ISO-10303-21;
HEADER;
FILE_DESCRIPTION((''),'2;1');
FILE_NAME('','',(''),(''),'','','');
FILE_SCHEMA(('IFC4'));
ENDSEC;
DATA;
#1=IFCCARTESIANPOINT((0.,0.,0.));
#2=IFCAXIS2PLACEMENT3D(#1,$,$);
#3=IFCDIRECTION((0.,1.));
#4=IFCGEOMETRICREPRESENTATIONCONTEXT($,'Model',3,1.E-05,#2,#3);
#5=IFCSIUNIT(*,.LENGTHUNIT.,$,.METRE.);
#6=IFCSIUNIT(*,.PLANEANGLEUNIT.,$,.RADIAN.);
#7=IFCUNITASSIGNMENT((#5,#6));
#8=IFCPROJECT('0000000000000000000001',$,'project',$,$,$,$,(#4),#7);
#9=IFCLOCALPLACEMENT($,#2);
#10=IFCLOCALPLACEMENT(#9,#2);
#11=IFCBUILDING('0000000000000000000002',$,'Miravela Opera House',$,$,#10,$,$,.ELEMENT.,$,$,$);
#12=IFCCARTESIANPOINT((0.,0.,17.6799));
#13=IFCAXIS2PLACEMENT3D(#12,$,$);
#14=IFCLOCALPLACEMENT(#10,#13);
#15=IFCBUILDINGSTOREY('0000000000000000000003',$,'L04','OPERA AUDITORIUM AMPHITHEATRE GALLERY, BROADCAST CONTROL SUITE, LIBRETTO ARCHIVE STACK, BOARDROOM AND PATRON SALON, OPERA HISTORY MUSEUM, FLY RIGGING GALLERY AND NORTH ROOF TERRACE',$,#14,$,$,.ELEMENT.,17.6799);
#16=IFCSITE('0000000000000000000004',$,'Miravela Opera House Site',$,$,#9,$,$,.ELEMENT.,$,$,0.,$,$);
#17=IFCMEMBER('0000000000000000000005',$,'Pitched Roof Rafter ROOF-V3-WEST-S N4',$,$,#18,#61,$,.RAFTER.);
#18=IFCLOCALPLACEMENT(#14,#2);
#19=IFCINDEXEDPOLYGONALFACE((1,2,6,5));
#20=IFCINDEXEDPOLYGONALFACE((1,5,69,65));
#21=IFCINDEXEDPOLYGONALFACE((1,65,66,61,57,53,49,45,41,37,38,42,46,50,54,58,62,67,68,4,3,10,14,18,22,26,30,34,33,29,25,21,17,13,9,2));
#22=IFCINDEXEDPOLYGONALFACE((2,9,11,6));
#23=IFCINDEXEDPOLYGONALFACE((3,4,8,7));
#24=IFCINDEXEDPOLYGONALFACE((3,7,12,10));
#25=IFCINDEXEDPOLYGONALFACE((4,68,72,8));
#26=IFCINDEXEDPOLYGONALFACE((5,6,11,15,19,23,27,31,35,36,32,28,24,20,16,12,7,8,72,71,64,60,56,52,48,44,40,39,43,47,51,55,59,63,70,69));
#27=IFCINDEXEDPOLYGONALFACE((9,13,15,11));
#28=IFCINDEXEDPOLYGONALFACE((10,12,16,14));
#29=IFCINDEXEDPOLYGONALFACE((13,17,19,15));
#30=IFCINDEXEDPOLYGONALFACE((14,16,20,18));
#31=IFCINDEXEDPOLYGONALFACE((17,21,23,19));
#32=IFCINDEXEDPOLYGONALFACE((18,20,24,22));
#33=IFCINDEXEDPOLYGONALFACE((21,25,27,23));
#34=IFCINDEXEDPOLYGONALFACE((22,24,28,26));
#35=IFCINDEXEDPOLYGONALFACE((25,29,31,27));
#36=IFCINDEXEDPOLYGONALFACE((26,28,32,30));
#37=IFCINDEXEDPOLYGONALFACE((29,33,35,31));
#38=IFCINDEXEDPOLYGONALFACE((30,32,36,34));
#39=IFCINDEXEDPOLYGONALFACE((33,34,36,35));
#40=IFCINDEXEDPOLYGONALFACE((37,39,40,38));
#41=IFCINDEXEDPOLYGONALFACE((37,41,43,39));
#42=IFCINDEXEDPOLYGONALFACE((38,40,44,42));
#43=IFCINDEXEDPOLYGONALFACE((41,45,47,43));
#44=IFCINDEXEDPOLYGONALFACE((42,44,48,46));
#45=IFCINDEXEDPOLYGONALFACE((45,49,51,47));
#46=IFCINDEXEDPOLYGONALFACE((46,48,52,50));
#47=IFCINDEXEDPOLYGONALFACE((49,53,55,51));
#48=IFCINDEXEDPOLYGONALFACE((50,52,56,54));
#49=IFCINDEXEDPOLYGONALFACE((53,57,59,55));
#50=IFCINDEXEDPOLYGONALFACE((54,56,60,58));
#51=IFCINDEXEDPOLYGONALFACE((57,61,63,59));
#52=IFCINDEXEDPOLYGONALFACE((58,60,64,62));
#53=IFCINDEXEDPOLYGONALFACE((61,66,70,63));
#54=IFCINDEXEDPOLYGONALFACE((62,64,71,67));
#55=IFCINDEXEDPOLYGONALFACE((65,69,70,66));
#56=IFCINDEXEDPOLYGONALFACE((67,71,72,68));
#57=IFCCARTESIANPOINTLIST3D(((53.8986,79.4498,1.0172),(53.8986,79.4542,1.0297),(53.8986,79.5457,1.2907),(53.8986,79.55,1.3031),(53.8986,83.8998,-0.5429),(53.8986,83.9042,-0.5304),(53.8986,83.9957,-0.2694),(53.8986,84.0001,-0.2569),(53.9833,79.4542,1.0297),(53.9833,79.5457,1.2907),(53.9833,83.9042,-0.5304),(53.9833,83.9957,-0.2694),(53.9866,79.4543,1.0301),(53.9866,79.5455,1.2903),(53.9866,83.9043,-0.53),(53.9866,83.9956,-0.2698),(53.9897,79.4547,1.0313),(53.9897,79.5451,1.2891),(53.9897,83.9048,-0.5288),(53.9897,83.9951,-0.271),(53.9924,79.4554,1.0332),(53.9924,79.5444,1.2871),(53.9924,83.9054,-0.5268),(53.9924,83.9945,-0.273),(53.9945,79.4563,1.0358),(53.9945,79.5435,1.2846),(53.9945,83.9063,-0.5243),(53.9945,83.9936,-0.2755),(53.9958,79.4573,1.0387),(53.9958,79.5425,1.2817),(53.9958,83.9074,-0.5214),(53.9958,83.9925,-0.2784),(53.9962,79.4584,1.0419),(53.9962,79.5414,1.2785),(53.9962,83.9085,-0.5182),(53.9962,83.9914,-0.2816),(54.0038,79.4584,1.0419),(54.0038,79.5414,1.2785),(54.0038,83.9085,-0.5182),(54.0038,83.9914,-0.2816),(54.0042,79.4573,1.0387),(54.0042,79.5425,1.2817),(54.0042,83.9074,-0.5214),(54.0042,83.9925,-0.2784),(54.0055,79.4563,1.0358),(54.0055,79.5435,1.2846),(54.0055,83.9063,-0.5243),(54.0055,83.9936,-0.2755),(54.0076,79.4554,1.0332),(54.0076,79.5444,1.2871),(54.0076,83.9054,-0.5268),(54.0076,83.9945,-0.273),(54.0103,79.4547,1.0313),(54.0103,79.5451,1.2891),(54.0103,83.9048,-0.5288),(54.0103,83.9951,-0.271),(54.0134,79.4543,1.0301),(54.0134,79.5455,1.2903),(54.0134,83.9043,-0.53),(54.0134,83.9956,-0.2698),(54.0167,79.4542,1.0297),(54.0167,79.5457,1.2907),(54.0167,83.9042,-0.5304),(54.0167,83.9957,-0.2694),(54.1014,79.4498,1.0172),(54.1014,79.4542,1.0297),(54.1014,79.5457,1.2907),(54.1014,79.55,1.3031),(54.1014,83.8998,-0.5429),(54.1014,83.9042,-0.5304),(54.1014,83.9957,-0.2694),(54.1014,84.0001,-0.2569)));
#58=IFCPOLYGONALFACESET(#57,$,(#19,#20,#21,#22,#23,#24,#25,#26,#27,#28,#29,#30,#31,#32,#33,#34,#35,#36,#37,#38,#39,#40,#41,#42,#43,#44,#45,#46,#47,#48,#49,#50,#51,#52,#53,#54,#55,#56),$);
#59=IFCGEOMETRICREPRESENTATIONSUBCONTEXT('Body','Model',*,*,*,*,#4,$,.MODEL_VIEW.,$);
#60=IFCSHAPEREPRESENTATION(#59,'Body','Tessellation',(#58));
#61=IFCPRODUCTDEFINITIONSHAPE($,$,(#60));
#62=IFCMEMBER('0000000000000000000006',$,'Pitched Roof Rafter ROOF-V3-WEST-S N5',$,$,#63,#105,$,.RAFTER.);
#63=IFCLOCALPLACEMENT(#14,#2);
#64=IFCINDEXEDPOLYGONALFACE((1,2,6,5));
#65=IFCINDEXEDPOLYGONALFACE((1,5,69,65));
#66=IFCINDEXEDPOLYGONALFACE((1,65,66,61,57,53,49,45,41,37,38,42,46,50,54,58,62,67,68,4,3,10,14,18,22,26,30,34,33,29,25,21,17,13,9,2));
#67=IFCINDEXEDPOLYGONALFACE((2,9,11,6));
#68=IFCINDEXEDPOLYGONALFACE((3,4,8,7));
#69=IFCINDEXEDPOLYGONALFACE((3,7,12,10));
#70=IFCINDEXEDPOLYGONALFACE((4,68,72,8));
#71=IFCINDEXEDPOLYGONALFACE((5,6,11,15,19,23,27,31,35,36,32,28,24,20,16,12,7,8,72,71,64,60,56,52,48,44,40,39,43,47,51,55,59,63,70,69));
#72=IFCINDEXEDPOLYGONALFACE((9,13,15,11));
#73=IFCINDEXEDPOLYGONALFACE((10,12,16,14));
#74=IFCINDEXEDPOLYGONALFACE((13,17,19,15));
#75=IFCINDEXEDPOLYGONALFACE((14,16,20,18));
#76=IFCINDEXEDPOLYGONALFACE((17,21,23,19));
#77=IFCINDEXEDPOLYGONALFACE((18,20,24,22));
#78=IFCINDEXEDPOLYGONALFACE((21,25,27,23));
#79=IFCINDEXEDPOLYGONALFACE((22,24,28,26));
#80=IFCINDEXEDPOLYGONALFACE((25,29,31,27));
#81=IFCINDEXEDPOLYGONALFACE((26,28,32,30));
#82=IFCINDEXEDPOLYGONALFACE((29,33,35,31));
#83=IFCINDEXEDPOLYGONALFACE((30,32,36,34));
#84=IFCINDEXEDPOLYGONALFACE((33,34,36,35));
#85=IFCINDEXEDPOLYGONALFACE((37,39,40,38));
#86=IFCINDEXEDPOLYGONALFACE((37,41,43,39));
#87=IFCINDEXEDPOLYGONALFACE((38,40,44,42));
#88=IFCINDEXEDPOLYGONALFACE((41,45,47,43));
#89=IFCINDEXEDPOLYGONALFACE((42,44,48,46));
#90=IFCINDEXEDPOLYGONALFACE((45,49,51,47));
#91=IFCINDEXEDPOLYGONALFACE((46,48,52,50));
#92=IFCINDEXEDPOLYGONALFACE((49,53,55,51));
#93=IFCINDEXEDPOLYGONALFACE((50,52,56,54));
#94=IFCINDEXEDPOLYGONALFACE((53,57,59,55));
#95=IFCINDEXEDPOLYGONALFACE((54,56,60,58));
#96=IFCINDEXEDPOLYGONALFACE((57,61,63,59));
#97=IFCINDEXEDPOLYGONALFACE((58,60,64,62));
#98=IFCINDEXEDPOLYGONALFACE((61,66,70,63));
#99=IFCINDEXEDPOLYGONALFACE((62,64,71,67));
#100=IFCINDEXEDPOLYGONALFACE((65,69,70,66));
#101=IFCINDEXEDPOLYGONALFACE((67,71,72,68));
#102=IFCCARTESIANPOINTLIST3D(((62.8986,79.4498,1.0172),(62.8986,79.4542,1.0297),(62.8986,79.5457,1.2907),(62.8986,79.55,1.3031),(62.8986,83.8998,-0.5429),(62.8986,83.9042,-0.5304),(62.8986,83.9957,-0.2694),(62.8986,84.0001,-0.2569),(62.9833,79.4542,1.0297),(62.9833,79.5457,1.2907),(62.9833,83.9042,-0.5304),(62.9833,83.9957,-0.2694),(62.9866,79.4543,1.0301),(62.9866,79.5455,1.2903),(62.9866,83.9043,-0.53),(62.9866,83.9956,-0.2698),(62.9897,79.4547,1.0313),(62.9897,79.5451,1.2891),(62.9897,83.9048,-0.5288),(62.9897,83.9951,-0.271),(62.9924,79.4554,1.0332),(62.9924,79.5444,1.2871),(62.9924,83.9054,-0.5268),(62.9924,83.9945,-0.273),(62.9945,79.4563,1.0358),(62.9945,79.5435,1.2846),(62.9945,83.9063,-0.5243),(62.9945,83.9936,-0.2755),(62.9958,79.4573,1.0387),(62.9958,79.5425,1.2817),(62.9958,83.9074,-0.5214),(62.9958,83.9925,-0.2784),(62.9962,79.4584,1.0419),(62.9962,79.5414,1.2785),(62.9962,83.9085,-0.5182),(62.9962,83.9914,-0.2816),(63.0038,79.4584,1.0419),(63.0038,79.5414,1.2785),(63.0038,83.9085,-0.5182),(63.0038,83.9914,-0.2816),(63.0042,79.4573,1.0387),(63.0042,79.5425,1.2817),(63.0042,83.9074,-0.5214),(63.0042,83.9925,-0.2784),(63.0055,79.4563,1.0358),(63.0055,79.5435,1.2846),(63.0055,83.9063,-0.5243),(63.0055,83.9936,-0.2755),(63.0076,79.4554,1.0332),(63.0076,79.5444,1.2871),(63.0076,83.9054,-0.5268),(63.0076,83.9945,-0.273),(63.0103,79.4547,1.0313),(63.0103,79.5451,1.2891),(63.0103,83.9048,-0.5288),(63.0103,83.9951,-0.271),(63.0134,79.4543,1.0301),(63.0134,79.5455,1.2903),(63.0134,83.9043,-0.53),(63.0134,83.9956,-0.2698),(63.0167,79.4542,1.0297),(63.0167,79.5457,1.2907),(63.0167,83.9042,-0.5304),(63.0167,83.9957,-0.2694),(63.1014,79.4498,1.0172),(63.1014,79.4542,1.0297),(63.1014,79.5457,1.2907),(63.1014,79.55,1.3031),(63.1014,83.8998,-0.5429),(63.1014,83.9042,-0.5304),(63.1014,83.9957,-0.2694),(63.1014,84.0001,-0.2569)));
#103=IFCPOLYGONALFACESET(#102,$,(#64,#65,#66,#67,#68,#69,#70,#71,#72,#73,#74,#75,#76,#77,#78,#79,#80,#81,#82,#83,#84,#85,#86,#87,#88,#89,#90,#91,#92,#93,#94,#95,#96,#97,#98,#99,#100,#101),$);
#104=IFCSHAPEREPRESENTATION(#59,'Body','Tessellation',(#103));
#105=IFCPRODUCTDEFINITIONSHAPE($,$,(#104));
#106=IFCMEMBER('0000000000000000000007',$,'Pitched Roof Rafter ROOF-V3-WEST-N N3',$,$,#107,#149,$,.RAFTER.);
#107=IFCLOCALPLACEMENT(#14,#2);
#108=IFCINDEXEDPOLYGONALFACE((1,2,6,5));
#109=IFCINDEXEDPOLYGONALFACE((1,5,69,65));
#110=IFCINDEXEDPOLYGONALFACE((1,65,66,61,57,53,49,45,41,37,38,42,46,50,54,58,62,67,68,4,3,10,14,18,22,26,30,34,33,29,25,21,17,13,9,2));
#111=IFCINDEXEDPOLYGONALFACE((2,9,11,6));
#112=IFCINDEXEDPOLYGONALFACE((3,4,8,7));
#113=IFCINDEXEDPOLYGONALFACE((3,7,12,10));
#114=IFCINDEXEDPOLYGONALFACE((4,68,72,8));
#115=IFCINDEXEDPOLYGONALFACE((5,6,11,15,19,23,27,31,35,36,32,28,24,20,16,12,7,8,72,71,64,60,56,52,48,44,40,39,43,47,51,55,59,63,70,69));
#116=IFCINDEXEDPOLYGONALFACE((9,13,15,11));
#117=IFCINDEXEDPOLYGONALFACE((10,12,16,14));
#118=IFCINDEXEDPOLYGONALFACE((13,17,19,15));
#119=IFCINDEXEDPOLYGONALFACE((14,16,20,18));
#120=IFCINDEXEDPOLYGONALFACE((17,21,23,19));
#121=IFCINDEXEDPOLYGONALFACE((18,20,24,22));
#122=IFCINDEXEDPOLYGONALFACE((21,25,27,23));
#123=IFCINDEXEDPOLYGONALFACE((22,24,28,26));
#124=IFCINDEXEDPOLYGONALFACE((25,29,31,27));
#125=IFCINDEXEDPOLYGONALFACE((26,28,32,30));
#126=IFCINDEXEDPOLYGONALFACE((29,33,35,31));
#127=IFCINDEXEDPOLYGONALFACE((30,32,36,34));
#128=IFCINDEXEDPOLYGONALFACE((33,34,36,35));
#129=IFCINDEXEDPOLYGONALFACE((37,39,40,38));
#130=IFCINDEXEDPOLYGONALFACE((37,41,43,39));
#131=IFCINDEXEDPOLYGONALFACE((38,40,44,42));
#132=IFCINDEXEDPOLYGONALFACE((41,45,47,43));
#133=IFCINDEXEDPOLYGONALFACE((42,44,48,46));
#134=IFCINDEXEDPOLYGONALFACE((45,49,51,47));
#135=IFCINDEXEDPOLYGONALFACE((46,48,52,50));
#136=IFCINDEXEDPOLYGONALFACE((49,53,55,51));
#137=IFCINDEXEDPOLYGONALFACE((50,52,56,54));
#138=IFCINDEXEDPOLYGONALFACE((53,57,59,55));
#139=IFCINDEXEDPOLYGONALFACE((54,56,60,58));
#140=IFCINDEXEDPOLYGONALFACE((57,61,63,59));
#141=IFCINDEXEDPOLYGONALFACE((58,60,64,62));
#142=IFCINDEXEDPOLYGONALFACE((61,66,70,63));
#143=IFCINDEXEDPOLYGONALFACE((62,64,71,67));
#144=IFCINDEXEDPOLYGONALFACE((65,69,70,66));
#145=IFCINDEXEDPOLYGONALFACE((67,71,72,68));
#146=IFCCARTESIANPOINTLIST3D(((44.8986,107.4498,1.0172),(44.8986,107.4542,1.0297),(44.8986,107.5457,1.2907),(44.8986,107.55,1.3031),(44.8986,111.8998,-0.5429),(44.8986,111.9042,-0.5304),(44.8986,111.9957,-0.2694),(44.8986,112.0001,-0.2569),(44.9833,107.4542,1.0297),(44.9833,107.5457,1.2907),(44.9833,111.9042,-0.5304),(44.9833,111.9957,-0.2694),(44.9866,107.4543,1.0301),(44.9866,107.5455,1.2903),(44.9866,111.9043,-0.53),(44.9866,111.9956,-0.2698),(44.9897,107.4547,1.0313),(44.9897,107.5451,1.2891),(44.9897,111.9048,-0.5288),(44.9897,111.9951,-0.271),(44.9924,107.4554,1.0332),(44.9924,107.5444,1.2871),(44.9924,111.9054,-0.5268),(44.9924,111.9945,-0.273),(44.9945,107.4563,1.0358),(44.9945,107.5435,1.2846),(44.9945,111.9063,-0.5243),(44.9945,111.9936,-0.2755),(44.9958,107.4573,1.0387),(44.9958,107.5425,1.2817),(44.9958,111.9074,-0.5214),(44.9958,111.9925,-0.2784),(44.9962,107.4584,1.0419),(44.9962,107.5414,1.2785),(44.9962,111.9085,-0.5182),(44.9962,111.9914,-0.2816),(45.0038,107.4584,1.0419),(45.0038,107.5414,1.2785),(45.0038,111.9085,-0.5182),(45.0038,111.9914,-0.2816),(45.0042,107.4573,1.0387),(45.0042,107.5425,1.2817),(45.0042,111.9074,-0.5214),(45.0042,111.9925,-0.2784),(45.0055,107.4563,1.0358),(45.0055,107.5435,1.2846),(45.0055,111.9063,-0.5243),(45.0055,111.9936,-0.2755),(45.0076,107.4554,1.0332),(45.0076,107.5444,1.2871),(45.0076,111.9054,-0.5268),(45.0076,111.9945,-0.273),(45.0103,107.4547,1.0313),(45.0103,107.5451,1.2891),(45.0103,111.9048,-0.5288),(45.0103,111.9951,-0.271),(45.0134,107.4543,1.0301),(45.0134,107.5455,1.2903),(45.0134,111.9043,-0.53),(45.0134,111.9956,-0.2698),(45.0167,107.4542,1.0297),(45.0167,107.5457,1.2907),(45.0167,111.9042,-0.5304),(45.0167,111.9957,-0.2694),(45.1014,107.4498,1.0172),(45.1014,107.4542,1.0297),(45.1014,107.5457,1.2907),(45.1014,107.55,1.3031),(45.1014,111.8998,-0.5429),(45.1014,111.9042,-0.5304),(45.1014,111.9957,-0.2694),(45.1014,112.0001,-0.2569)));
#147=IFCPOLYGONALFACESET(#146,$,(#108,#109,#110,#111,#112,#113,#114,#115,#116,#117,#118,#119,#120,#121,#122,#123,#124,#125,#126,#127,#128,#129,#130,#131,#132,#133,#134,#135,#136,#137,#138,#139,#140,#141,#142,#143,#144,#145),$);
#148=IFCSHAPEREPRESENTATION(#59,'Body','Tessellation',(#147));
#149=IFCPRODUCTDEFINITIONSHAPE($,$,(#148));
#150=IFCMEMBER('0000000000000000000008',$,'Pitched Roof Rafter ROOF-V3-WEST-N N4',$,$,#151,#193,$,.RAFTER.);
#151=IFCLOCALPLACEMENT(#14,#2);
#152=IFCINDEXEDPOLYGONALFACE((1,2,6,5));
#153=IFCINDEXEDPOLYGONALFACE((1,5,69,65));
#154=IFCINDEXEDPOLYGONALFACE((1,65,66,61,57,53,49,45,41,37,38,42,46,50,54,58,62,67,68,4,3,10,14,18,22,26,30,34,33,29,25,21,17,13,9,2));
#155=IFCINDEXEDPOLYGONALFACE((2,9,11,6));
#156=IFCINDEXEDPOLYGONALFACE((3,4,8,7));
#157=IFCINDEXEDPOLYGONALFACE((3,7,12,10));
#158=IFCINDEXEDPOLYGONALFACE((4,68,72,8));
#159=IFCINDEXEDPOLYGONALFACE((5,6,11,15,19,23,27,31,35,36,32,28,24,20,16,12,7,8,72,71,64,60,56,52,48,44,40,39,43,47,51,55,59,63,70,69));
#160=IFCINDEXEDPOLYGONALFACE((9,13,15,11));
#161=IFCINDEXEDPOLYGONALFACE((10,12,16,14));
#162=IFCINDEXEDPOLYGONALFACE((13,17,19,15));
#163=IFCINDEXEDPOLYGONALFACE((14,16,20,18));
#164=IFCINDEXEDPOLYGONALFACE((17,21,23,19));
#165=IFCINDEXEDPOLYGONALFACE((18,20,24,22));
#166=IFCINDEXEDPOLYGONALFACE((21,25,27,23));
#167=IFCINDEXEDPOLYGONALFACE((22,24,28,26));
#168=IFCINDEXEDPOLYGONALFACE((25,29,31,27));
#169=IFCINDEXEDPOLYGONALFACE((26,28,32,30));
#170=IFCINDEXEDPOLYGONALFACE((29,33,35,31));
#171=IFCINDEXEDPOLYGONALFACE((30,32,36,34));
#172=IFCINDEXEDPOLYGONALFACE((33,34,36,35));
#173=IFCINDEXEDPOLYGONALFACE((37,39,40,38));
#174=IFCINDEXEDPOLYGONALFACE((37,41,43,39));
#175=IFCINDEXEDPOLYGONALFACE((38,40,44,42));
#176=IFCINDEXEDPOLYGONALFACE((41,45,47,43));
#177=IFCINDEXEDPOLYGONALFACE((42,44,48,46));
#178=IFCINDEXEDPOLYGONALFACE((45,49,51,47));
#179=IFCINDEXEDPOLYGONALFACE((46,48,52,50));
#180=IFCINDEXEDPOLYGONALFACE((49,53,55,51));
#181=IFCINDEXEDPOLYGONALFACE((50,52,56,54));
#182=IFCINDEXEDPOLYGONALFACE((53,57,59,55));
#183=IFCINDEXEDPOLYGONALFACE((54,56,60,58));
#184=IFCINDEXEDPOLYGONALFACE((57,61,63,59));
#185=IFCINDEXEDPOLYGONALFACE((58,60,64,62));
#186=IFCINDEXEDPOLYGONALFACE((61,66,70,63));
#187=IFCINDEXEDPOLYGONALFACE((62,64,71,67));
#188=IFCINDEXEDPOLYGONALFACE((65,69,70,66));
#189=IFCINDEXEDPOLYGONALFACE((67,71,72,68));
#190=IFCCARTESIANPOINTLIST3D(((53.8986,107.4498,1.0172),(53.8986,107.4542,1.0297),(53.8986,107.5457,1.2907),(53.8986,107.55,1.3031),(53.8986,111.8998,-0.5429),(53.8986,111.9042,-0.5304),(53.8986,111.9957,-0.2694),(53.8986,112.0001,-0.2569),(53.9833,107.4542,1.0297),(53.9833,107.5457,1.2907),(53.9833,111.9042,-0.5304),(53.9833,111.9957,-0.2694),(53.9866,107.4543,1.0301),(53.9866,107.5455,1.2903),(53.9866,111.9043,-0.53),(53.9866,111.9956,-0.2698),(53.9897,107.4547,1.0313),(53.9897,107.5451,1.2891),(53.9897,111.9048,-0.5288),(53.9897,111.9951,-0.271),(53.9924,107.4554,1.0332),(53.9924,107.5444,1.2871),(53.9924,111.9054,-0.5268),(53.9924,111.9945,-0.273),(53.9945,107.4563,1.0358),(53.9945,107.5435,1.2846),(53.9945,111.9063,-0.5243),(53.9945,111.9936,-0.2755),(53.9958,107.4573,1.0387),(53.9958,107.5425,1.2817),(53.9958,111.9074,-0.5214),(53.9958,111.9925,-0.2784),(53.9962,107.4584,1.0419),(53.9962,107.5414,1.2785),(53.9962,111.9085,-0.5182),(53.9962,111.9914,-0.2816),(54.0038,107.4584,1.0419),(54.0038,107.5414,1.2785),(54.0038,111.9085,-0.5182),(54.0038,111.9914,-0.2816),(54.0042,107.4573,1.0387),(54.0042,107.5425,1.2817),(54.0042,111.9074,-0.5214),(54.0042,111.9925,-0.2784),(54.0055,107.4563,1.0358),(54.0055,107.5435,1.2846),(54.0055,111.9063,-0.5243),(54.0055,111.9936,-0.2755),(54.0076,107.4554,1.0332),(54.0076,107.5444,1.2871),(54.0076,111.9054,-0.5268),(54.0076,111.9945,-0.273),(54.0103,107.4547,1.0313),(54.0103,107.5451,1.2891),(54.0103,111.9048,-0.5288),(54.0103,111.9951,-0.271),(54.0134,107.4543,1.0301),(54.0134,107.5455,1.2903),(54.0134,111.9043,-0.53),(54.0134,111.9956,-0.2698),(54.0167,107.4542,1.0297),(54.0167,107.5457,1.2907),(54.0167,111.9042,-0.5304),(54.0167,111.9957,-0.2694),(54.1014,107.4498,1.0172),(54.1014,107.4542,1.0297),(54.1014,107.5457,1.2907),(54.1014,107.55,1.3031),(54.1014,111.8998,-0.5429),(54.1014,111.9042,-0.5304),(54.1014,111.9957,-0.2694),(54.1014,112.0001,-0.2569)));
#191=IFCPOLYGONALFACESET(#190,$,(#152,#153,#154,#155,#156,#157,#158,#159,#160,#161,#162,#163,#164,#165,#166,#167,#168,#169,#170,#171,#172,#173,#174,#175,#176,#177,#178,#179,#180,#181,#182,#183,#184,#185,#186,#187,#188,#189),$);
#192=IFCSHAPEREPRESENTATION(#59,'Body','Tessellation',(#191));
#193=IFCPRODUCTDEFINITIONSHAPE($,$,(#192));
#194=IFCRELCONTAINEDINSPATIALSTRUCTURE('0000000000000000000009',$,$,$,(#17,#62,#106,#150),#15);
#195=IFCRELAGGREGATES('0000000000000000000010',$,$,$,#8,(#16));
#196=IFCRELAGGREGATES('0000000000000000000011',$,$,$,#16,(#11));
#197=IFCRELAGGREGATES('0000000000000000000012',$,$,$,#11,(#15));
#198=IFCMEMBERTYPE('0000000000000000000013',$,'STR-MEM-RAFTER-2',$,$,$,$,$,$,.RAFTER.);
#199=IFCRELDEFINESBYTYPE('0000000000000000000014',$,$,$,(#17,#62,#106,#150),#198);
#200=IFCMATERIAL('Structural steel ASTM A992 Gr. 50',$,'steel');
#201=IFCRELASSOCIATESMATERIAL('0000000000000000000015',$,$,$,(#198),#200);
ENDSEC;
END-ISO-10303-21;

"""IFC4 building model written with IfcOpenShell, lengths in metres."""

from ifc_helpers import new_model, si_unit, direction, frame, origin, origin_2d, place, context, subcontext, project, spatial, i_section, extrude, material, material_profile, profile_set, type_object, element, save


model = new_model("IFC4")

# Units and contexts
model_context = context("Model", 3, precision=1e-05, world=origin(), true_north=direction((0.0, 1.0)))
body_context = subcontext(model_context, "Body", "Model", "MODEL_VIEW")
ifc_project = project(units=[si_unit("LENGTHUNIT", "METRE"), si_unit("PLANEANGLEUNIT", "RADIAN")], contexts=[model_context])

# Site, building, storey
site_placement = place(None, origin())
site = spatial("IfcSite", under=ifc_project, at=site_placement, Name="Miravela Opera House Site", CompositionType="ELEMENT", RefElevation=0.0)
building_placement = place(site_placement, origin())
building = spatial("IfcBuilding", under=site, at=building_placement, Name="Miravela Opera House", CompositionType="ELEMENT")
storey_placement = place(building_placement, frame((0.0, 0.0, 17.6799)))
storey = spatial("IfcBuildingStorey", under=building, at=storey_placement, Name="L04", Description="OPERA AUDITORIUM AMPHITHEATRE GALLERY, BROADCAST CONTROL SUITE, LIBRETTO ARCHIVE STACK, BOARDROOM AND PATRON SALON, OPERA HISTORY MUSEUM, FLY RIGGING GALLERY AND NORTH ROOF TERRACE", CompositionType="ELEMENT", Elevation=17.6799)

# Shared definitions
ifc_material_1 = material(Name="Structural steel ASTM A992 Gr. 50", Category="steel")

# Members
ifc_material_profile_1 = material_profile(ifc_material_1, i_section(OverallWidth=0.2029, OverallDepth=0.303, WebThickness=0.0076, FlangeThickness=0.0132, FilletRadius=0.0129, at=origin_2d()), Name="W310X60")
ifc_profile_set_1 = profile_set([ifc_material_profile_1])
member_type_1 = type_object("IfcMemberType", Name="STR-MEM-RAFTER-2", PredefinedType="RAFTER", material=ifc_profile_set_1)
for number, where, z_axis, x_axis, name in (
    (1, (54.0, 83.95, -0.3999), (0.0, -0.943688, 0.330837), (1.0, 0.0, 0.0), "Pitched Roof Rafter ROOF-V3-WEST-S N4"),
    (2, (63.0, 83.95, -0.3999), (0.0, -0.943688, 0.330837), (1.0, 0.0, 0.0), "Pitched Roof Rafter ROOF-V3-WEST-S N5"),
    (3, (45.0, 111.95, -0.3999), (0.0, -0.943688, 0.330837), (1.0, 0.0, 0.0), "Pitched Roof Rafter ROOF-V3-WEST-N N3"),
    (4, (54.0, 111.95, -0.3999), (0.0, -0.943688, 0.330837), (1.0, 0.0, 0.0), "Pitched Roof Rafter ROOF-V3-WEST-N N4"),
):
    element("IfcMember", number, at=place(storey_placement, frame(where, z_axis=z_axis, x_axis=x_axis)), inside=storey, type_object=member_type_1, Name=name, PredefinedType="RAFTER", context=body_context, shape_type="SweptSolid", body=[
        extrude(i_section(OverallWidth=0.2029, OverallDepth=0.303, WebThickness=0.0076, FlangeThickness=0.0132, FilletRadius=0.0129, at=origin_2d()), origin(), (0.0, 0.0, 1.0), 4.7156),
    ])

save(model, "model.ifc")
